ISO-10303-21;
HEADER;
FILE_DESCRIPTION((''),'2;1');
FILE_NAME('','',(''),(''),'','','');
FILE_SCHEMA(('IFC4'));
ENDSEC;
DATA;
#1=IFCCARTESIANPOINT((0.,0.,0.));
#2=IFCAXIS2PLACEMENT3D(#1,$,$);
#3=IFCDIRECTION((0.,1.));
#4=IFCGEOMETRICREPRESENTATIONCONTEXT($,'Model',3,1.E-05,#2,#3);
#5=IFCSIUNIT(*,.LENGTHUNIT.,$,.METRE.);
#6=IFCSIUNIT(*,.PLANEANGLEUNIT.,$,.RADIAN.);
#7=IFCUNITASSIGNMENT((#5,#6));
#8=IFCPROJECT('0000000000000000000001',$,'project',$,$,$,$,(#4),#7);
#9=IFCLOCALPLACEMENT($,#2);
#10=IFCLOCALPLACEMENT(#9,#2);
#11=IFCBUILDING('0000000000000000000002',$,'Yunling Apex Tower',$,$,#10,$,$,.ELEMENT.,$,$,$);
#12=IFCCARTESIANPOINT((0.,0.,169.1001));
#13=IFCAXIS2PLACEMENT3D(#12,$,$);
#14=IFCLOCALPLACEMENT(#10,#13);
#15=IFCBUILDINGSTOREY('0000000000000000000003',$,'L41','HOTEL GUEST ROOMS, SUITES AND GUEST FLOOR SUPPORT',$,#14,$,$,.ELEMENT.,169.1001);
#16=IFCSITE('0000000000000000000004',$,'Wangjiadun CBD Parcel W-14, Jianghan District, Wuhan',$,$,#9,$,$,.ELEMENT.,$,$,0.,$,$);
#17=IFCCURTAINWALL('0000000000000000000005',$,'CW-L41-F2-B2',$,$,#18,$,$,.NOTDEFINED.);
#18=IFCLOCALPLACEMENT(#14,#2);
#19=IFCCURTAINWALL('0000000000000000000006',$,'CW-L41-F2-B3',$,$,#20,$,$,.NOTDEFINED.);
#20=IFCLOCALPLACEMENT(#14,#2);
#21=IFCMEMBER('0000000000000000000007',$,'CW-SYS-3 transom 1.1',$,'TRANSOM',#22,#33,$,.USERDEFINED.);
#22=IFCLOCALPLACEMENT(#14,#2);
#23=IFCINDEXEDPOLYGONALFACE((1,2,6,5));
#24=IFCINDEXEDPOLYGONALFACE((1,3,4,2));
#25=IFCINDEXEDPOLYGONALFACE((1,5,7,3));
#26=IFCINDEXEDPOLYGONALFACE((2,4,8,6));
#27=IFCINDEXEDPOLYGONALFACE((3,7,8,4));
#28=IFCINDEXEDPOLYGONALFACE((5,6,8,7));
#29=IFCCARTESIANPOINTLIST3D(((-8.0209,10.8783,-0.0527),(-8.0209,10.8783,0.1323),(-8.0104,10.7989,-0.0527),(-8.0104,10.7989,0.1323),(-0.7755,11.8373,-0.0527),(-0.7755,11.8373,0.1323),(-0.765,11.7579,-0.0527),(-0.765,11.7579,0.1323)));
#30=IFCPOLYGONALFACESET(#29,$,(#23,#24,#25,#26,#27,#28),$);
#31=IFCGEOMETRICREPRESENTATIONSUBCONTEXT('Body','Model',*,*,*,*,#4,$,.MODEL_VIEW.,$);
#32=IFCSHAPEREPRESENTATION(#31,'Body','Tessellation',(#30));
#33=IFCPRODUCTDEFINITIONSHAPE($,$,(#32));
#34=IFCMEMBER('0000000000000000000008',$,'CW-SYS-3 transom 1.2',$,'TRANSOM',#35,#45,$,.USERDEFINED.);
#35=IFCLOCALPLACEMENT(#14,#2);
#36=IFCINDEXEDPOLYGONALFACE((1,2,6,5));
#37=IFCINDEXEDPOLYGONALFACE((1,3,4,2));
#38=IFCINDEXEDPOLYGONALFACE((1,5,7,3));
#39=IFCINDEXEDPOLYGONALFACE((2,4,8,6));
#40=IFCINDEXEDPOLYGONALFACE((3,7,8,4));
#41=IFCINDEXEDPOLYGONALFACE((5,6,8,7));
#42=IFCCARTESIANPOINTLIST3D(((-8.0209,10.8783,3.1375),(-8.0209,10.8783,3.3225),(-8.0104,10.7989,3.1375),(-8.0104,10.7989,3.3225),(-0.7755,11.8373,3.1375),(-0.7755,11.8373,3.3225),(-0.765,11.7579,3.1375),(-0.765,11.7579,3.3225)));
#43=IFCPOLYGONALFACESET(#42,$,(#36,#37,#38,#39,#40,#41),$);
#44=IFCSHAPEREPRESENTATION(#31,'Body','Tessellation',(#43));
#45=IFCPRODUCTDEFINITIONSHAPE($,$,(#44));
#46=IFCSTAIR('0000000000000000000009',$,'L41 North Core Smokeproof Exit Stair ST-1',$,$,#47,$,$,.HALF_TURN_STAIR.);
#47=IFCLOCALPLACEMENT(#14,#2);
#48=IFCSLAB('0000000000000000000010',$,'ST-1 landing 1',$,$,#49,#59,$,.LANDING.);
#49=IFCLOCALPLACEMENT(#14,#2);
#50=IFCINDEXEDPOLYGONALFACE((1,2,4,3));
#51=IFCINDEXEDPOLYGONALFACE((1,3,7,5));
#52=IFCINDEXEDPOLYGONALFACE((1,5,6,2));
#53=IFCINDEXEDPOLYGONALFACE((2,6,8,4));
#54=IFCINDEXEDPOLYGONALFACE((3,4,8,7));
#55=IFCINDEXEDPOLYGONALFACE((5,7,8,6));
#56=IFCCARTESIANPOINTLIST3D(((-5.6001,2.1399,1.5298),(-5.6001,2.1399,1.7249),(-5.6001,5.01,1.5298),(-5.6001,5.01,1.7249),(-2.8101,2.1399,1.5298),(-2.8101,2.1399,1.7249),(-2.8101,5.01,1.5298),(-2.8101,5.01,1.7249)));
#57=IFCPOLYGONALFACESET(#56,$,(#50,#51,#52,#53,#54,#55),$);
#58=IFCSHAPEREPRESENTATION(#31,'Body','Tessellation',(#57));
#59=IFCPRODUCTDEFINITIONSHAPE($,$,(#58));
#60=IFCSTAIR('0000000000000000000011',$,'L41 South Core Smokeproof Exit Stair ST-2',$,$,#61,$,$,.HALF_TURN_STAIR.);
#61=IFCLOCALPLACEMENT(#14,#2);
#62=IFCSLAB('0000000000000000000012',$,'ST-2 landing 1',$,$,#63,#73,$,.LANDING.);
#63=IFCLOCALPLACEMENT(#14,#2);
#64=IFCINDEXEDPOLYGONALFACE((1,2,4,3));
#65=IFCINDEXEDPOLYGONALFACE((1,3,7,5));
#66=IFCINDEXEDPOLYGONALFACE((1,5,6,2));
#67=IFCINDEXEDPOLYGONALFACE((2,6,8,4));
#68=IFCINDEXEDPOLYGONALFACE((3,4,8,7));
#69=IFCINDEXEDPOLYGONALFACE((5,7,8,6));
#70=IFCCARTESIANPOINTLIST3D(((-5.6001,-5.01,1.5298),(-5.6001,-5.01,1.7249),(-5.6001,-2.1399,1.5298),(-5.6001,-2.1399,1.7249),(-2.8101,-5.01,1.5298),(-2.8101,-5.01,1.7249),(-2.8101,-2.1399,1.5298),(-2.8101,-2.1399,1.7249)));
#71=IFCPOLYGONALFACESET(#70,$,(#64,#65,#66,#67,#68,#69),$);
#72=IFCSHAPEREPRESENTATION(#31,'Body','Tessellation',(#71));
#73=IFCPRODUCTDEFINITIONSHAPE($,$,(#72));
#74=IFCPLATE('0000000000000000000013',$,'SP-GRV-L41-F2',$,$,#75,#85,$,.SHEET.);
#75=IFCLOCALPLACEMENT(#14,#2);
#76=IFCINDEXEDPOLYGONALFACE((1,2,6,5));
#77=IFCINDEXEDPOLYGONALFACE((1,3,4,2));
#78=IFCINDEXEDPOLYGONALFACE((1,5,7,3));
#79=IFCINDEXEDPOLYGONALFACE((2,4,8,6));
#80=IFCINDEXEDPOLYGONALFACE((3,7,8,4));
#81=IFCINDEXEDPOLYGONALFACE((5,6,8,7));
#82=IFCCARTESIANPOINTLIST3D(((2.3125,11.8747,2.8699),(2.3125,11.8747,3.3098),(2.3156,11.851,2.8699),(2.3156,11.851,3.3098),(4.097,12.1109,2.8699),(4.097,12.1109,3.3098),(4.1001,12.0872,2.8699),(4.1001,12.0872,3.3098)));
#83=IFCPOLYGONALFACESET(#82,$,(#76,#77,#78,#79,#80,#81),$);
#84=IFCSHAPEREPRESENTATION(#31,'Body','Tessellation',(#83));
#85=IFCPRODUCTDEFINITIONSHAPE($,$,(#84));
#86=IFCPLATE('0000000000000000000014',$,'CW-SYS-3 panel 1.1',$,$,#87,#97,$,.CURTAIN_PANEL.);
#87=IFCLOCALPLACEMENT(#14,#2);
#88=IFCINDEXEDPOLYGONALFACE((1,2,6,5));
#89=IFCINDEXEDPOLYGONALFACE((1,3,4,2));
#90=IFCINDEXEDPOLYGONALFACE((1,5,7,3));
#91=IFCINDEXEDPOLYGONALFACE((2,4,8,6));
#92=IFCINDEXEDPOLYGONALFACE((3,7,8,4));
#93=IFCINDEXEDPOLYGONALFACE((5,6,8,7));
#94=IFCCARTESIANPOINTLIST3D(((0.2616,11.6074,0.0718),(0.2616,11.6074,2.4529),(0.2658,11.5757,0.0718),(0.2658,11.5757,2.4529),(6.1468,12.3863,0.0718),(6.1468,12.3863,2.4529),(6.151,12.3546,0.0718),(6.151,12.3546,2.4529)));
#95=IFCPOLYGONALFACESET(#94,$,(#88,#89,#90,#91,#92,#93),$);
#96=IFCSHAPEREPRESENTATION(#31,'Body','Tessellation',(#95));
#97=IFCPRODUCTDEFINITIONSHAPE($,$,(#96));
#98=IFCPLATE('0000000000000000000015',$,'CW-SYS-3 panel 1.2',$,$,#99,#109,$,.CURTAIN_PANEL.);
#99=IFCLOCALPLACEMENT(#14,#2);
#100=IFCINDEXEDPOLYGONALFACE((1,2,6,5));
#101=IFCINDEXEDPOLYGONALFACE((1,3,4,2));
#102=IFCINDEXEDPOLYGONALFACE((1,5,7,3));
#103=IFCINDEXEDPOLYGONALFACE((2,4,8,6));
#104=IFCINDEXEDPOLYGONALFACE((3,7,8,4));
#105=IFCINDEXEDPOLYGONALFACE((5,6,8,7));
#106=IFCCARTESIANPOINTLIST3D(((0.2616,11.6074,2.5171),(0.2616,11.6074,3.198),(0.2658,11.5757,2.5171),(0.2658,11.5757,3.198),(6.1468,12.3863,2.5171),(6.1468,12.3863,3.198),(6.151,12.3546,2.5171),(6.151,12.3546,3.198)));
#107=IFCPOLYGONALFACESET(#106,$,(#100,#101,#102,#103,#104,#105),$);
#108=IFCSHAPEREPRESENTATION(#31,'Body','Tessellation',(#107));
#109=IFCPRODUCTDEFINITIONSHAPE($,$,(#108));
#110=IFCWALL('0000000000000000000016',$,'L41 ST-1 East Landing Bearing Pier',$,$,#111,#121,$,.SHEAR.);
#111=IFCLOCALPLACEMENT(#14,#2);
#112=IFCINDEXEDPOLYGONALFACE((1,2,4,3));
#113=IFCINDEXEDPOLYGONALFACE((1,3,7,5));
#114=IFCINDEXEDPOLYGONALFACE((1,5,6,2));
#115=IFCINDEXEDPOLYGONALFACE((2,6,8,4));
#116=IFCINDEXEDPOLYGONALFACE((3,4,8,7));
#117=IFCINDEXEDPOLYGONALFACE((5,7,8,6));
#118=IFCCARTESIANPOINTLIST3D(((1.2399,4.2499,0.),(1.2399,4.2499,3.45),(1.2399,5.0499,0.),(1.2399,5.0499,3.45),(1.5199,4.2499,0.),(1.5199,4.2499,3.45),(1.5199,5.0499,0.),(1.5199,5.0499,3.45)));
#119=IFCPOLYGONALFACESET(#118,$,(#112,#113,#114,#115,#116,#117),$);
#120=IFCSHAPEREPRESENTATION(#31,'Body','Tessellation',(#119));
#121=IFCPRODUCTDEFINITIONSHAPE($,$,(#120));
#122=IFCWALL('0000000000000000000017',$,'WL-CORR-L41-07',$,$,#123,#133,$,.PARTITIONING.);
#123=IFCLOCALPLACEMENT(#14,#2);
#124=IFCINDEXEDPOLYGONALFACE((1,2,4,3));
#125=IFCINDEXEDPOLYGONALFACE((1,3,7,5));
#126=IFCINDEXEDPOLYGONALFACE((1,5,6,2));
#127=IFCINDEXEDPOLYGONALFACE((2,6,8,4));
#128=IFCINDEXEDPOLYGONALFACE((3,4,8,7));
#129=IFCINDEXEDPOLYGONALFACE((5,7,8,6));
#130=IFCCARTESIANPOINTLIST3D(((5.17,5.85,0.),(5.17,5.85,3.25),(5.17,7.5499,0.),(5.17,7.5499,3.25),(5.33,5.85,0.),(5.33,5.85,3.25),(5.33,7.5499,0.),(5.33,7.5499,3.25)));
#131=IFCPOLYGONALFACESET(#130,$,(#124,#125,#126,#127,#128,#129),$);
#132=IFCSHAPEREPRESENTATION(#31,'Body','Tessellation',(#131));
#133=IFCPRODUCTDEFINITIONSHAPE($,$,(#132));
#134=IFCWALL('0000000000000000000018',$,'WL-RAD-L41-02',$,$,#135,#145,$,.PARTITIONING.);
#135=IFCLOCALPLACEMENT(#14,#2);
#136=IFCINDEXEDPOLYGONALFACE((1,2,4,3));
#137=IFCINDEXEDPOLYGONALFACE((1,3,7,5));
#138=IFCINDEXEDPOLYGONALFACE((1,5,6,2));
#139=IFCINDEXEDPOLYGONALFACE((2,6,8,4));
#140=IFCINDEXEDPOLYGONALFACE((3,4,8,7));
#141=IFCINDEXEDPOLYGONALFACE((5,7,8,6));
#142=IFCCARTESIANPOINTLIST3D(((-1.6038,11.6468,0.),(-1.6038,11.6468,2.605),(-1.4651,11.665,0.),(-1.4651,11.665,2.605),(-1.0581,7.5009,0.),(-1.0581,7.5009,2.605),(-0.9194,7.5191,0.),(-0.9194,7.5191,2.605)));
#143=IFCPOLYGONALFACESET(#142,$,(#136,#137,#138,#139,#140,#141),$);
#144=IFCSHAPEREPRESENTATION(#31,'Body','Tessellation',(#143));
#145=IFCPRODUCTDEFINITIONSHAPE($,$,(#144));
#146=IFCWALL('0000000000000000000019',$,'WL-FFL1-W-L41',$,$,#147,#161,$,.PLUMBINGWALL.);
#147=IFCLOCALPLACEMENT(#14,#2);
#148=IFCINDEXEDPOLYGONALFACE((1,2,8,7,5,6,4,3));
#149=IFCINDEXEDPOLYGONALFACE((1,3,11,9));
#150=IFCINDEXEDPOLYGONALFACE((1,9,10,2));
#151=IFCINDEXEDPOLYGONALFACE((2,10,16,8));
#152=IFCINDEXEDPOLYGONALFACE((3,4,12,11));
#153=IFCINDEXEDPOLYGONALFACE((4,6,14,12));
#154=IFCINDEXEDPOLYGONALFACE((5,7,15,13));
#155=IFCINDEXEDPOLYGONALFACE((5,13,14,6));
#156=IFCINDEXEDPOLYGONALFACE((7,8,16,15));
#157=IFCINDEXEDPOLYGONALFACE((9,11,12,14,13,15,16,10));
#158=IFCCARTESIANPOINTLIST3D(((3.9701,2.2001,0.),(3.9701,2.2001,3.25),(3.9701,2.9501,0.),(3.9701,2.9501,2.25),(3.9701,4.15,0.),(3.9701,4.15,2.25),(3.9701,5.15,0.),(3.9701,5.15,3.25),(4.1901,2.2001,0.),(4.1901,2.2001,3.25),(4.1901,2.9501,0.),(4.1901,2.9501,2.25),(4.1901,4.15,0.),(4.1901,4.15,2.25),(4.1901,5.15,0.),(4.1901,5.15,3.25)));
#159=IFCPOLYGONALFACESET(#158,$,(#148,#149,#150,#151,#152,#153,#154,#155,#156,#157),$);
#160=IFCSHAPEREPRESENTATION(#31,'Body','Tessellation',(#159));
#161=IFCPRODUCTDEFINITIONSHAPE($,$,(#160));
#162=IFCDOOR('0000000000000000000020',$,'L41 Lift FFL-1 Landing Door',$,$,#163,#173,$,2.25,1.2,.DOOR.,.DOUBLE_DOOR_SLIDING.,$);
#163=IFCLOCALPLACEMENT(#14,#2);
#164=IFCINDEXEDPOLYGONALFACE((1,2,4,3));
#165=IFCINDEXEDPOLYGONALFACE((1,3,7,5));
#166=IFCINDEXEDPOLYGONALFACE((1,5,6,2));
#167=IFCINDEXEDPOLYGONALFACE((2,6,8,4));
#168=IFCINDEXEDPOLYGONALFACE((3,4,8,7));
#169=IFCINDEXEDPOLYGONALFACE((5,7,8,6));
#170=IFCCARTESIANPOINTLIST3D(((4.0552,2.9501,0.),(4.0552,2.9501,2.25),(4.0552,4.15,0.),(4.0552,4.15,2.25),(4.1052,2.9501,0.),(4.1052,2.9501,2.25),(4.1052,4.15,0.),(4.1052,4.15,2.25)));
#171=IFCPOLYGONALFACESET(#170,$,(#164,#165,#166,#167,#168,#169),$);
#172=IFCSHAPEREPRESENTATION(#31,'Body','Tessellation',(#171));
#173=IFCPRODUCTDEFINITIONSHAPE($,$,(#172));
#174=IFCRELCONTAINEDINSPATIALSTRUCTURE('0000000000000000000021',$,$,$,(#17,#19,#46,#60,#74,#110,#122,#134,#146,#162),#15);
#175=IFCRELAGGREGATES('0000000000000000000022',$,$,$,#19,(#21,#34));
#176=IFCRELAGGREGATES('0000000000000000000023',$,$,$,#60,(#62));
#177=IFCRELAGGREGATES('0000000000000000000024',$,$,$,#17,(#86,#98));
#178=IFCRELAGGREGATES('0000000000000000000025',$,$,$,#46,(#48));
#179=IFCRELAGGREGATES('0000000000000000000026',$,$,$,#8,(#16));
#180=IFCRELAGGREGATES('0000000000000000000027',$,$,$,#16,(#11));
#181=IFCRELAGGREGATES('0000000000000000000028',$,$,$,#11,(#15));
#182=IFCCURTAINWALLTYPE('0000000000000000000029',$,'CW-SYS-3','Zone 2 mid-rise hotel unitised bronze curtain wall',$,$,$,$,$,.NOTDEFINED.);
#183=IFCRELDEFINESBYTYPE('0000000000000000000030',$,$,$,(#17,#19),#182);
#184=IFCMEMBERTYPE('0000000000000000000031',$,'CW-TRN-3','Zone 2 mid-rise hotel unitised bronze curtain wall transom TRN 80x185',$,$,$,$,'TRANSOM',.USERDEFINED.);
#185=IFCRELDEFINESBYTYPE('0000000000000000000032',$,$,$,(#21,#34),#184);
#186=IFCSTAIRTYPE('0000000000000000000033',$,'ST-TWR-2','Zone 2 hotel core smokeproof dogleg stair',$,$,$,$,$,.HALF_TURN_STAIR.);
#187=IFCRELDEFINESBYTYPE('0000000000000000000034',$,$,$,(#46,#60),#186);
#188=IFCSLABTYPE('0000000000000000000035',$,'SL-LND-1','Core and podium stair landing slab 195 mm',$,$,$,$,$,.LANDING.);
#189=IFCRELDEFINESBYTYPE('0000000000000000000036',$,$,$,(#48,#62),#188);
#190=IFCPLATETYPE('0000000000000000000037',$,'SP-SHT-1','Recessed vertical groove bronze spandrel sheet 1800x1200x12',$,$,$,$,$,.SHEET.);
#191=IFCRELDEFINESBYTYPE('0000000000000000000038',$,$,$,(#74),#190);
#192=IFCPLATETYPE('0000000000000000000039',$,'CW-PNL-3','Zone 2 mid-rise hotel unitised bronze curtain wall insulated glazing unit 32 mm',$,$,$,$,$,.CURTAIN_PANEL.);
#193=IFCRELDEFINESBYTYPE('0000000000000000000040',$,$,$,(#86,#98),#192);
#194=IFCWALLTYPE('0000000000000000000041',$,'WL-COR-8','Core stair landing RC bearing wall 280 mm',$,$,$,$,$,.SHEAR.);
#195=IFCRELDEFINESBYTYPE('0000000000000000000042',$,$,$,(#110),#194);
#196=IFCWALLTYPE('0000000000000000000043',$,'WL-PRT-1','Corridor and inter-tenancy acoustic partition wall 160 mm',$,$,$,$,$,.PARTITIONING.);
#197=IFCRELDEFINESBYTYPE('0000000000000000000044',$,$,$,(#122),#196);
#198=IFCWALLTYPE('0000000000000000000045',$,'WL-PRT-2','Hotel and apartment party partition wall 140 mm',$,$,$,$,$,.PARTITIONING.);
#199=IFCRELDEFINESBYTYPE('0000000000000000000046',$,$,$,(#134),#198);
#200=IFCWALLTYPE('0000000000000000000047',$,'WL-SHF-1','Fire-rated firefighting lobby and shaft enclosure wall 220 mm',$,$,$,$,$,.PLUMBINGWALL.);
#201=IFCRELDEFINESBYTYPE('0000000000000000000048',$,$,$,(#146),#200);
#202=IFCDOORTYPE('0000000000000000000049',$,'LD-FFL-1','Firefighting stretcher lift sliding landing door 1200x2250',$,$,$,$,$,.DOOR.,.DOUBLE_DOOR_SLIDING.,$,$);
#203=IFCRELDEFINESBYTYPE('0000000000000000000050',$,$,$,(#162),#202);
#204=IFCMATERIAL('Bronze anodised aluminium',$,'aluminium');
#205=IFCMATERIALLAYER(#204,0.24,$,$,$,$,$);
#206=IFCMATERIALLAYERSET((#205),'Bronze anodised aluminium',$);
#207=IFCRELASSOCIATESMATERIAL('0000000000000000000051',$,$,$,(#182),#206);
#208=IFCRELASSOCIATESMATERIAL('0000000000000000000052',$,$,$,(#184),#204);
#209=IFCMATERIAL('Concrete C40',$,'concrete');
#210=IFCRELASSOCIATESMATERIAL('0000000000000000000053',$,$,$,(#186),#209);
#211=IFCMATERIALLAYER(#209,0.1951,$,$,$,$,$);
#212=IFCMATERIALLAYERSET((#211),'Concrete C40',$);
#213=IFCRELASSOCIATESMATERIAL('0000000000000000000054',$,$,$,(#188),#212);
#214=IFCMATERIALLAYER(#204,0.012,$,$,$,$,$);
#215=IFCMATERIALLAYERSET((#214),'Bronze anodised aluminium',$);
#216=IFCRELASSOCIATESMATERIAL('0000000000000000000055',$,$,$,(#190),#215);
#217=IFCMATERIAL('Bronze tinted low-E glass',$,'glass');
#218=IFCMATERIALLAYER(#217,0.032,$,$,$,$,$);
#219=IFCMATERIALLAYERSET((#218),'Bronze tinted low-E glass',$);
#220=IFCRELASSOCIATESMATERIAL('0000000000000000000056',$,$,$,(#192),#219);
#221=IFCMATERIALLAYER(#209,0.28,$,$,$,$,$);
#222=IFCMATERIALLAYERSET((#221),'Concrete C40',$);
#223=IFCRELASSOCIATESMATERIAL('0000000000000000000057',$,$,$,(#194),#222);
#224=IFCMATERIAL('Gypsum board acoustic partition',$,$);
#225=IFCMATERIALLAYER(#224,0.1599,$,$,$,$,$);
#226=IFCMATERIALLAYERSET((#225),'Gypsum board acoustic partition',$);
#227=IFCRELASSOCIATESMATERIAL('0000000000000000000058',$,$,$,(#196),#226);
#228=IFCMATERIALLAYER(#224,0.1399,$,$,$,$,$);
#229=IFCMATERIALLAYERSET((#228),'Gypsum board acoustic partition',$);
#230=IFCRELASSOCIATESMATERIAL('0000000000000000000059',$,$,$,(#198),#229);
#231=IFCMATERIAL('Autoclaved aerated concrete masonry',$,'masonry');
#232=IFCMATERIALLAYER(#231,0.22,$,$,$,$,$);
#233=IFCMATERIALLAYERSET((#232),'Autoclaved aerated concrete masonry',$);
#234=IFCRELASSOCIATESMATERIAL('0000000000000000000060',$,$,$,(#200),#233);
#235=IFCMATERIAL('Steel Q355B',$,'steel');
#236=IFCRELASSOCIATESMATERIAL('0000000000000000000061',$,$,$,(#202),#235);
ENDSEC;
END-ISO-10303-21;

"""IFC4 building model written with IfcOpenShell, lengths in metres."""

from ifc_helpers import new_model, si_unit, direction, frame, frame_2d, origin, origin_2d, place, context, subcontext, project, spatial, polyline, rectangle, outline, extrude, source, transform, mapped, material, layer, layer_set, material_profile, profile_set, type_object, element, fill, aggregate, save


model = new_model("IFC4")

# Units and contexts
model_context = context("Model", 3, precision=1e-05, world=origin(), true_north=direction((0.0, 1.0)))
body_context = subcontext(model_context, "Body", "Model", "MODEL_VIEW")
ifc_project = project(units=[si_unit("LENGTHUNIT", "METRE"), si_unit("PLANEANGLEUNIT", "RADIAN")], contexts=[model_context])

# Site, building, storey
site_placement = place(None, origin())
site = spatial("IfcSite", under=ifc_project, at=site_placement, Name="Wangjiadun CBD Parcel W-14, Jianghan District, Wuhan", CompositionType="ELEMENT", RefElevation=0.0)
building_placement = place(site_placement, origin())
building = spatial("IfcBuilding", under=site, at=building_placement, Name="Yunling Apex Tower", CompositionType="ELEMENT")
storey_placement = place(building_placement, frame((0.0, 0.0, 169.1001)))
storey = spatial("IfcBuildingStorey", under=building, at=storey_placement, Name="L41", Description="HOTEL GUEST ROOMS, SUITES AND GUEST FLOOR SUPPORT", CompositionType="ELEMENT", Elevation=169.1001)

# Shared definitions
ifc_material_1 = material(Name="Steel Q355B", Category="steel")

# Curtain wall
ifc_material_2 = material(Name="Bronze anodised aluminium", Category="aluminium")
ifc_layer_1 = layer(ifc_material_2, 0.24)
ifc_layer_set_1 = layer_set([ifc_layer_1], Name="Bronze anodised aluminium")
curtain_wall_type = type_object("IfcCurtainWallType", Name="CW-SYS-3", Description="Zone 2 mid-rise hotel unitised bronze curtain wall", PredefinedType="NOTDEFINED", material=ifc_layer_set_1)
curtain_wall_1_placement = place(storey_placement, origin())
curtain_wall_1 = element("IfcCurtainWall", 1, at=curtain_wall_1_placement, inside=storey, type_object=curtain_wall_type, Name="CW-L41-F2-B2", PredefinedType="NOTDEFINED")

# Curtain wall, members
curtain_wall_2_placement = place(storey_placement, origin())
curtain_wall_2 = element("IfcCurtainWall", 2, at=curtain_wall_2_placement, inside=storey, type_object=curtain_wall_type, Name="CW-L41-F2-B3", PredefinedType="NOTDEFINED")
ifc_material_profile_1 = material_profile(ifc_material_2, rectangle(XDim=0.0801, YDim=0.1851, at=origin_2d()))
ifc_profile_set_1 = profile_set([ifc_material_profile_1], Name="Bronze anodised aluminium")
member_type_1 = type_object("IfcMemberType", Name="CW-TRN-3", Description="Zone 2 mid-rise hotel unitised bronze curtain wall transom TRN 80x185", ElementType="TRANSOM", PredefinedType="USERDEFINED", material=ifc_profile_set_1)
shared_shape_1 = source(origin(), body_context, "Body", "SweptSolid", [
    extrude(rectangle(XDim=0.0801, YDim=0.1851, at=origin_2d()), origin(), (0.0, 0.0, 1.0), 7.3086),
])
member_1_placement = place(storey_placement, frame((-0.7703, 11.7976, 0.0398), z_axis=(-0.991354, -0.131214, 0.0), x_axis=(0.131214, -0.991354, 0.0)))
member_1 = element("IfcMember", 3, at=member_1_placement, type_object=member_type_1, Name="CW-SYS-3 transom 1.1", ObjectType="TRANSOM", PredefinedType="USERDEFINED", context=body_context, shape_type="MappedRepresentation", body=[
    mapped(shared_shape_1, transform((0.0, 0.0, 0.0), scale=1.0)),
])
member_2_placement = place(storey_placement, frame((-0.7703, 11.7976, 3.23), z_axis=(-0.991354, -0.131214, 0.0), x_axis=(0.131214, -0.991354, 0.0)))
member_2 = element("IfcMember", 4, at=member_2_placement, type_object=member_type_1, Name="CW-SYS-3 transom 1.2", ObjectType="TRANSOM", PredefinedType="USERDEFINED", context=body_context, shape_type="MappedRepresentation", body=[
    mapped(shared_shape_1, transform((0.0, 0.0, 0.0), scale=1.0)),
])
aggregate(curtain_wall_2, [member_1, member_2])

# Stairs, slabs
ifc_material_3 = material(Name="Concrete C40", Category="concrete")
stair_type = type_object("IfcStairType", Name="ST-TWR-2", Description="Zone 2 hotel core smokeproof dogleg stair", PredefinedType="HALF_TURN_STAIR", material=ifc_material_3)
stair_1_placement = place(storey_placement, origin())
stair_1 = element("IfcStair", 5, at=stair_1_placement, inside=storey, type_object=stair_type, Name="L41 North Core Smokeproof Exit Stair ST-1", PredefinedType="HALF_TURN_STAIR")
ifc_layer_2 = layer(ifc_material_3, 0.1951)
ifc_layer_set_2 = layer_set([ifc_layer_2], Name="Concrete C40")
slab_type = type_object("IfcSlabType", Name="SL-LND-1", Description="Core and podium stair landing slab 195 mm", PredefinedType="LANDING", material=ifc_layer_set_2)
slab_1_placement = place(storey_placement, frame((0.0, 0.0, 1.5298)))
slab_1 = element("IfcSlab", 6, at=slab_1_placement, type_object=slab_type, Name="ST-1 landing 1", PredefinedType="LANDING", context=body_context, shape_type="SweptSolid", body=[
    extrude(outline(polyline([(-2.8101, 5.01), (-5.6001, 5.01), (-5.6001, 2.1399), (-2.8101, 2.1399), (-2.8101, 5.01)])), origin(), (0.0, 0.0, 1.0), 0.1951),
])
stair_2_placement = place(storey_placement, origin())
stair_2 = element("IfcStair", 7, at=stair_2_placement, inside=storey, type_object=stair_type, Name="L41 South Core Smokeproof Exit Stair ST-2", PredefinedType="HALF_TURN_STAIR")
slab_2_placement = place(storey_placement, frame((0.0, 0.0, 1.5298)))
slab_2 = element("IfcSlab", 8, at=slab_2_placement, type_object=slab_type, Name="ST-2 landing 1", PredefinedType="LANDING", context=body_context, shape_type="SweptSolid", body=[
    extrude(outline(polyline([(-2.8101, -2.1399), (-5.6001, -2.1399), (-5.6001, -5.01), (-2.8101, -5.01), (-2.8101, -2.1399)])), origin(), (0.0, 0.0, 1.0), 0.1951),
])
aggregate(stair_2, [slab_2])

# Plates
ifc_layer_3 = layer(ifc_material_2, 0.012)
ifc_layer_set_3 = layer_set([ifc_layer_3], Name="Bronze anodised aluminium")
plate_type_1 = type_object("IfcPlateType", Name="SP-SHT-1", Description="Recessed vertical groove bronze spandrel sheet 1800x1200x12", PredefinedType="SHEET", material=ifc_layer_set_3)
shared_shape_2 = source(origin(), body_context, "Body", "SweptSolid", [
    extrude(rectangle(XDim=1.8, YDim=0.0239, at=origin_2d()), origin(), (0.0, 0.0, 1.0), 0.4399),
])
plate_1_placement = place(storey_placement, frame((3.2063, 11.981, 2.8699), z_axis=(0.0, 0.0, 1.0), x_axis=(-0.991353, -0.131218, 0.0)))
element("IfcPlate", 9, at=plate_1_placement, inside=storey, type_object=plate_type_1, Name="SP-GRV-L41-F2", PredefinedType="SHEET", context=body_context, shape_type="MappedRepresentation", body=[
    mapped(shared_shape_2, transform((0.0, 0.0, 0.0), scale=1.0)),
])
ifc_material_4 = material(Name="Bronze tinted low-E glass", Category="glass")
ifc_layer_4 = layer(ifc_material_4, 0.032)
ifc_layer_set_4 = layer_set([ifc_layer_4], Name="Bronze tinted low-E glass")
plate_type_2 = type_object("IfcPlateType", Name="CW-PNL-3", Description="Zone 2 mid-rise hotel unitised bronze curtain wall insulated glazing unit 32 mm", PredefinedType="CURTAIN_PANEL", material=ifc_layer_set_4)
shared_shape_3 = source(origin(), body_context, "Body", "SweptSolid", [
    extrude(rectangle(XDim=5.9365, YDim=0.032, at=origin_2d()), origin(), (0.0, 0.0, 1.0), 2.3811),
])
plate_2_placement = place(storey_placement, frame((3.2063, 11.981, 0.0718), z_axis=(0.0, 0.0, 1.0), x_axis=(-0.991355, -0.131205, 0.0)))
plate_2 = element("IfcPlate", 10, at=plate_2_placement, type_object=plate_type_2, Name="CW-SYS-3 panel 1.1", PredefinedType="CURTAIN_PANEL", context=body_context, shape_type="MappedRepresentation", body=[
    mapped(shared_shape_3, transform((0.0, 0.0, 0.0), scale=1.0)),
])
shared_shape_4 = source(origin(), body_context, "Body", "SweptSolid", [
    extrude(rectangle(XDim=5.9365, YDim=0.032, at=origin_2d()), origin(), (0.0, 0.0, 1.0), 0.6809),
])
plate_3_placement = place(storey_placement, frame((3.2063, 11.981, 2.5171), z_axis=(0.0, 0.0, 1.0), x_axis=(-0.991355, -0.131205, 0.0)))
plate_3 = element("IfcPlate", 11, at=plate_3_placement, type_object=plate_type_2, Name="CW-SYS-3 panel 1.2", PredefinedType="CURTAIN_PANEL", context=body_context, shape_type="MappedRepresentation", body=[
    mapped(shared_shape_4, transform((0.0, 0.0, 0.0), scale=1.0)),
])
aggregate(curtain_wall_1, [plate_2, plate_3])

# Walls
ifc_layer_5 = layer(ifc_material_3, 0.28)
ifc_layer_set_5 = layer_set([ifc_layer_5], Name="Concrete C40")
wall_type_1 = type_object("IfcWallType", Name="WL-COR-8", Description="Core stair landing RC bearing wall 280 mm", PredefinedType="SHEAR", material=ifc_layer_set_5)
wall_1_placement = place(storey_placement, frame((1.3799, 4.25, 0.0), z_axis=(0.0, 0.0, 1.0), x_axis=(0.0, 1.0, 0.0)))
element("IfcWall", 12, at=wall_1_placement, inside=storey, type_object=wall_type_1, Name="L41 ST-1 East Landing Bearing Pier", PredefinedType="SHEAR", context=body_context, shape_type="SweptSolid", body=[
    extrude(rectangle(XDim=0.8, YDim=0.28, at=frame_2d((0.3999, 0.0))), origin(), (0.0, 0.0, 1.0), 3.45),
])
ifc_material_5 = material(Name="Gypsum board acoustic partition")
ifc_layer_6 = layer(ifc_material_5, 0.1599)
ifc_layer_set_6 = layer_set([ifc_layer_6], Name="Gypsum board acoustic partition")
wall_type_2 = type_object("IfcWallType", Name="WL-PRT-1", Description="Corridor and inter-tenancy acoustic partition wall 160 mm", PredefinedType="PARTITIONING", material=ifc_layer_set_6)
wall_2_placement = place(storey_placement, frame((5.25, 7.55, 0.0), z_axis=(0.0, 0.0, 1.0), x_axis=(0.0, -1.0, 0.0)))
element("IfcWall", 13, at=wall_2_placement, inside=storey, type_object=wall_type_2, Name="WL-CORR-L41-07", PredefinedType="PARTITIONING", context=body_context, shape_type="SweptSolid", body=[
    extrude(rectangle(XDim=1.7, YDim=0.1599, at=frame_2d((0.8501, 0.0))), origin(), (0.0, 0.0, 1.0), 3.25),
])
ifc_layer_7 = layer(ifc_material_5, 0.1399)
ifc_layer_set_7 = layer_set([ifc_layer_7], Name="Gypsum board acoustic partition")
wall_type_3 = type_object("IfcWallType", Name="WL-PRT-2", Description="Hotel and apartment party partition wall 140 mm", PredefinedType="PARTITIONING", material=ifc_layer_set_7)
wall_3_placement = place(storey_placement, frame((-0.9888, 7.51, 0.0), z_axis=(0.0, 0.0, 1.0), x_axis=(-0.130485, 0.99145, 0.0)))
element("IfcWall", 14, at=wall_3_placement, inside=storey, type_object=wall_type_3, Name="WL-RAD-L41-02", PredefinedType="PARTITIONING", context=body_context, shape_type="SweptSolid", body=[
    extrude(rectangle(XDim=4.1816, YDim=0.1399, at=frame_2d((2.0908, 0.0))), origin(), (0.0, 0.0, 1.0), 2.605),
])

# Wall, opening, door
ifc_material_6 = material(Name="Autoclaved aerated concrete masonry", Category="masonry")
ifc_layer_8 = layer(ifc_material_6, 0.22)
ifc_layer_set_8 = layer_set([ifc_layer_8], Name="Autoclaved aerated concrete masonry")
wall_type_4 = type_object("IfcWallType", Name="WL-SHF-1", Description="Fire-rated firefighting lobby and shaft enclosure wall 220 mm", PredefinedType="PLUMBINGWALL", material=ifc_layer_set_8)
wall_4_placement = place(storey_placement, frame((4.0801, 2.2, 0.0), z_axis=(0.0, 0.0, 1.0), x_axis=(0.0, 1.0, 0.0)))
wall_4 = element("IfcWall", 15, at=wall_4_placement, inside=storey, type_object=wall_type_4, Name="WL-FFL1-W-L41", PredefinedType="PLUMBINGWALL", context=body_context, shape_type="SweptSolid", body=[
    extrude(rectangle(XDim=2.95, YDim=0.22, at=frame_2d((1.4751, 0.0))), origin(), (0.0, 0.0, 1.0), 3.25),
])
opening_1_placement = place(wall_4_placement, frame((0.75, 0.0, 0.0)))
opening_1 = element("IfcOpeningElement", 16, at=opening_1_placement, cuts=wall_4, PredefinedType="OPENING", context=body_context, shape_type="SweptSolid", body=[
    extrude(rectangle(XDim=1.2, YDim=2.25, at=frame_2d((0.6001, 1.125))), frame((0.0, 0.1201, 0.0), z_axis=(0.0, -1.0, 0.0), x_axis=(1.0, 0.0, 0.0)), (0.0, 0.0, 1.0), 0.24),
])
door_type_1 = type_object("IfcDoorType", Name="LD-FFL-1", Description="Firefighting stretcher lift sliding landing door 1200x2250", OperationType="DOUBLE_DOOR_SLIDING", PredefinedType="DOOR", material=ifc_material_1)
door_1_placement = place(opening_1_placement, origin())
door_1 = element("IfcDoor", 17, at=door_1_placement, inside=storey, type_object=door_type_1, Name="L41 Lift FFL-1 Landing Door", OperationType="DOUBLE_DOOR_SLIDING", OverallHeight=2.25, OverallWidth=1.2, PredefinedType="DOOR", context=body_context, shape_type="SweptSolid", body=[
    extrude(rectangle(XDim=1.2, YDim=2.25, at=frame_2d((0.6001, 1.125))), frame((0.0, 0.0249, 0.0), z_axis=(0.0, -1.0, 0.0), x_axis=(1.0, 0.0, 0.0)), (0.0, 0.0, 1.0), 0.05),
])
fill(opening_1, door_1)

aggregate(stair_1, [slab_1])

save(model, "model.ifc")
